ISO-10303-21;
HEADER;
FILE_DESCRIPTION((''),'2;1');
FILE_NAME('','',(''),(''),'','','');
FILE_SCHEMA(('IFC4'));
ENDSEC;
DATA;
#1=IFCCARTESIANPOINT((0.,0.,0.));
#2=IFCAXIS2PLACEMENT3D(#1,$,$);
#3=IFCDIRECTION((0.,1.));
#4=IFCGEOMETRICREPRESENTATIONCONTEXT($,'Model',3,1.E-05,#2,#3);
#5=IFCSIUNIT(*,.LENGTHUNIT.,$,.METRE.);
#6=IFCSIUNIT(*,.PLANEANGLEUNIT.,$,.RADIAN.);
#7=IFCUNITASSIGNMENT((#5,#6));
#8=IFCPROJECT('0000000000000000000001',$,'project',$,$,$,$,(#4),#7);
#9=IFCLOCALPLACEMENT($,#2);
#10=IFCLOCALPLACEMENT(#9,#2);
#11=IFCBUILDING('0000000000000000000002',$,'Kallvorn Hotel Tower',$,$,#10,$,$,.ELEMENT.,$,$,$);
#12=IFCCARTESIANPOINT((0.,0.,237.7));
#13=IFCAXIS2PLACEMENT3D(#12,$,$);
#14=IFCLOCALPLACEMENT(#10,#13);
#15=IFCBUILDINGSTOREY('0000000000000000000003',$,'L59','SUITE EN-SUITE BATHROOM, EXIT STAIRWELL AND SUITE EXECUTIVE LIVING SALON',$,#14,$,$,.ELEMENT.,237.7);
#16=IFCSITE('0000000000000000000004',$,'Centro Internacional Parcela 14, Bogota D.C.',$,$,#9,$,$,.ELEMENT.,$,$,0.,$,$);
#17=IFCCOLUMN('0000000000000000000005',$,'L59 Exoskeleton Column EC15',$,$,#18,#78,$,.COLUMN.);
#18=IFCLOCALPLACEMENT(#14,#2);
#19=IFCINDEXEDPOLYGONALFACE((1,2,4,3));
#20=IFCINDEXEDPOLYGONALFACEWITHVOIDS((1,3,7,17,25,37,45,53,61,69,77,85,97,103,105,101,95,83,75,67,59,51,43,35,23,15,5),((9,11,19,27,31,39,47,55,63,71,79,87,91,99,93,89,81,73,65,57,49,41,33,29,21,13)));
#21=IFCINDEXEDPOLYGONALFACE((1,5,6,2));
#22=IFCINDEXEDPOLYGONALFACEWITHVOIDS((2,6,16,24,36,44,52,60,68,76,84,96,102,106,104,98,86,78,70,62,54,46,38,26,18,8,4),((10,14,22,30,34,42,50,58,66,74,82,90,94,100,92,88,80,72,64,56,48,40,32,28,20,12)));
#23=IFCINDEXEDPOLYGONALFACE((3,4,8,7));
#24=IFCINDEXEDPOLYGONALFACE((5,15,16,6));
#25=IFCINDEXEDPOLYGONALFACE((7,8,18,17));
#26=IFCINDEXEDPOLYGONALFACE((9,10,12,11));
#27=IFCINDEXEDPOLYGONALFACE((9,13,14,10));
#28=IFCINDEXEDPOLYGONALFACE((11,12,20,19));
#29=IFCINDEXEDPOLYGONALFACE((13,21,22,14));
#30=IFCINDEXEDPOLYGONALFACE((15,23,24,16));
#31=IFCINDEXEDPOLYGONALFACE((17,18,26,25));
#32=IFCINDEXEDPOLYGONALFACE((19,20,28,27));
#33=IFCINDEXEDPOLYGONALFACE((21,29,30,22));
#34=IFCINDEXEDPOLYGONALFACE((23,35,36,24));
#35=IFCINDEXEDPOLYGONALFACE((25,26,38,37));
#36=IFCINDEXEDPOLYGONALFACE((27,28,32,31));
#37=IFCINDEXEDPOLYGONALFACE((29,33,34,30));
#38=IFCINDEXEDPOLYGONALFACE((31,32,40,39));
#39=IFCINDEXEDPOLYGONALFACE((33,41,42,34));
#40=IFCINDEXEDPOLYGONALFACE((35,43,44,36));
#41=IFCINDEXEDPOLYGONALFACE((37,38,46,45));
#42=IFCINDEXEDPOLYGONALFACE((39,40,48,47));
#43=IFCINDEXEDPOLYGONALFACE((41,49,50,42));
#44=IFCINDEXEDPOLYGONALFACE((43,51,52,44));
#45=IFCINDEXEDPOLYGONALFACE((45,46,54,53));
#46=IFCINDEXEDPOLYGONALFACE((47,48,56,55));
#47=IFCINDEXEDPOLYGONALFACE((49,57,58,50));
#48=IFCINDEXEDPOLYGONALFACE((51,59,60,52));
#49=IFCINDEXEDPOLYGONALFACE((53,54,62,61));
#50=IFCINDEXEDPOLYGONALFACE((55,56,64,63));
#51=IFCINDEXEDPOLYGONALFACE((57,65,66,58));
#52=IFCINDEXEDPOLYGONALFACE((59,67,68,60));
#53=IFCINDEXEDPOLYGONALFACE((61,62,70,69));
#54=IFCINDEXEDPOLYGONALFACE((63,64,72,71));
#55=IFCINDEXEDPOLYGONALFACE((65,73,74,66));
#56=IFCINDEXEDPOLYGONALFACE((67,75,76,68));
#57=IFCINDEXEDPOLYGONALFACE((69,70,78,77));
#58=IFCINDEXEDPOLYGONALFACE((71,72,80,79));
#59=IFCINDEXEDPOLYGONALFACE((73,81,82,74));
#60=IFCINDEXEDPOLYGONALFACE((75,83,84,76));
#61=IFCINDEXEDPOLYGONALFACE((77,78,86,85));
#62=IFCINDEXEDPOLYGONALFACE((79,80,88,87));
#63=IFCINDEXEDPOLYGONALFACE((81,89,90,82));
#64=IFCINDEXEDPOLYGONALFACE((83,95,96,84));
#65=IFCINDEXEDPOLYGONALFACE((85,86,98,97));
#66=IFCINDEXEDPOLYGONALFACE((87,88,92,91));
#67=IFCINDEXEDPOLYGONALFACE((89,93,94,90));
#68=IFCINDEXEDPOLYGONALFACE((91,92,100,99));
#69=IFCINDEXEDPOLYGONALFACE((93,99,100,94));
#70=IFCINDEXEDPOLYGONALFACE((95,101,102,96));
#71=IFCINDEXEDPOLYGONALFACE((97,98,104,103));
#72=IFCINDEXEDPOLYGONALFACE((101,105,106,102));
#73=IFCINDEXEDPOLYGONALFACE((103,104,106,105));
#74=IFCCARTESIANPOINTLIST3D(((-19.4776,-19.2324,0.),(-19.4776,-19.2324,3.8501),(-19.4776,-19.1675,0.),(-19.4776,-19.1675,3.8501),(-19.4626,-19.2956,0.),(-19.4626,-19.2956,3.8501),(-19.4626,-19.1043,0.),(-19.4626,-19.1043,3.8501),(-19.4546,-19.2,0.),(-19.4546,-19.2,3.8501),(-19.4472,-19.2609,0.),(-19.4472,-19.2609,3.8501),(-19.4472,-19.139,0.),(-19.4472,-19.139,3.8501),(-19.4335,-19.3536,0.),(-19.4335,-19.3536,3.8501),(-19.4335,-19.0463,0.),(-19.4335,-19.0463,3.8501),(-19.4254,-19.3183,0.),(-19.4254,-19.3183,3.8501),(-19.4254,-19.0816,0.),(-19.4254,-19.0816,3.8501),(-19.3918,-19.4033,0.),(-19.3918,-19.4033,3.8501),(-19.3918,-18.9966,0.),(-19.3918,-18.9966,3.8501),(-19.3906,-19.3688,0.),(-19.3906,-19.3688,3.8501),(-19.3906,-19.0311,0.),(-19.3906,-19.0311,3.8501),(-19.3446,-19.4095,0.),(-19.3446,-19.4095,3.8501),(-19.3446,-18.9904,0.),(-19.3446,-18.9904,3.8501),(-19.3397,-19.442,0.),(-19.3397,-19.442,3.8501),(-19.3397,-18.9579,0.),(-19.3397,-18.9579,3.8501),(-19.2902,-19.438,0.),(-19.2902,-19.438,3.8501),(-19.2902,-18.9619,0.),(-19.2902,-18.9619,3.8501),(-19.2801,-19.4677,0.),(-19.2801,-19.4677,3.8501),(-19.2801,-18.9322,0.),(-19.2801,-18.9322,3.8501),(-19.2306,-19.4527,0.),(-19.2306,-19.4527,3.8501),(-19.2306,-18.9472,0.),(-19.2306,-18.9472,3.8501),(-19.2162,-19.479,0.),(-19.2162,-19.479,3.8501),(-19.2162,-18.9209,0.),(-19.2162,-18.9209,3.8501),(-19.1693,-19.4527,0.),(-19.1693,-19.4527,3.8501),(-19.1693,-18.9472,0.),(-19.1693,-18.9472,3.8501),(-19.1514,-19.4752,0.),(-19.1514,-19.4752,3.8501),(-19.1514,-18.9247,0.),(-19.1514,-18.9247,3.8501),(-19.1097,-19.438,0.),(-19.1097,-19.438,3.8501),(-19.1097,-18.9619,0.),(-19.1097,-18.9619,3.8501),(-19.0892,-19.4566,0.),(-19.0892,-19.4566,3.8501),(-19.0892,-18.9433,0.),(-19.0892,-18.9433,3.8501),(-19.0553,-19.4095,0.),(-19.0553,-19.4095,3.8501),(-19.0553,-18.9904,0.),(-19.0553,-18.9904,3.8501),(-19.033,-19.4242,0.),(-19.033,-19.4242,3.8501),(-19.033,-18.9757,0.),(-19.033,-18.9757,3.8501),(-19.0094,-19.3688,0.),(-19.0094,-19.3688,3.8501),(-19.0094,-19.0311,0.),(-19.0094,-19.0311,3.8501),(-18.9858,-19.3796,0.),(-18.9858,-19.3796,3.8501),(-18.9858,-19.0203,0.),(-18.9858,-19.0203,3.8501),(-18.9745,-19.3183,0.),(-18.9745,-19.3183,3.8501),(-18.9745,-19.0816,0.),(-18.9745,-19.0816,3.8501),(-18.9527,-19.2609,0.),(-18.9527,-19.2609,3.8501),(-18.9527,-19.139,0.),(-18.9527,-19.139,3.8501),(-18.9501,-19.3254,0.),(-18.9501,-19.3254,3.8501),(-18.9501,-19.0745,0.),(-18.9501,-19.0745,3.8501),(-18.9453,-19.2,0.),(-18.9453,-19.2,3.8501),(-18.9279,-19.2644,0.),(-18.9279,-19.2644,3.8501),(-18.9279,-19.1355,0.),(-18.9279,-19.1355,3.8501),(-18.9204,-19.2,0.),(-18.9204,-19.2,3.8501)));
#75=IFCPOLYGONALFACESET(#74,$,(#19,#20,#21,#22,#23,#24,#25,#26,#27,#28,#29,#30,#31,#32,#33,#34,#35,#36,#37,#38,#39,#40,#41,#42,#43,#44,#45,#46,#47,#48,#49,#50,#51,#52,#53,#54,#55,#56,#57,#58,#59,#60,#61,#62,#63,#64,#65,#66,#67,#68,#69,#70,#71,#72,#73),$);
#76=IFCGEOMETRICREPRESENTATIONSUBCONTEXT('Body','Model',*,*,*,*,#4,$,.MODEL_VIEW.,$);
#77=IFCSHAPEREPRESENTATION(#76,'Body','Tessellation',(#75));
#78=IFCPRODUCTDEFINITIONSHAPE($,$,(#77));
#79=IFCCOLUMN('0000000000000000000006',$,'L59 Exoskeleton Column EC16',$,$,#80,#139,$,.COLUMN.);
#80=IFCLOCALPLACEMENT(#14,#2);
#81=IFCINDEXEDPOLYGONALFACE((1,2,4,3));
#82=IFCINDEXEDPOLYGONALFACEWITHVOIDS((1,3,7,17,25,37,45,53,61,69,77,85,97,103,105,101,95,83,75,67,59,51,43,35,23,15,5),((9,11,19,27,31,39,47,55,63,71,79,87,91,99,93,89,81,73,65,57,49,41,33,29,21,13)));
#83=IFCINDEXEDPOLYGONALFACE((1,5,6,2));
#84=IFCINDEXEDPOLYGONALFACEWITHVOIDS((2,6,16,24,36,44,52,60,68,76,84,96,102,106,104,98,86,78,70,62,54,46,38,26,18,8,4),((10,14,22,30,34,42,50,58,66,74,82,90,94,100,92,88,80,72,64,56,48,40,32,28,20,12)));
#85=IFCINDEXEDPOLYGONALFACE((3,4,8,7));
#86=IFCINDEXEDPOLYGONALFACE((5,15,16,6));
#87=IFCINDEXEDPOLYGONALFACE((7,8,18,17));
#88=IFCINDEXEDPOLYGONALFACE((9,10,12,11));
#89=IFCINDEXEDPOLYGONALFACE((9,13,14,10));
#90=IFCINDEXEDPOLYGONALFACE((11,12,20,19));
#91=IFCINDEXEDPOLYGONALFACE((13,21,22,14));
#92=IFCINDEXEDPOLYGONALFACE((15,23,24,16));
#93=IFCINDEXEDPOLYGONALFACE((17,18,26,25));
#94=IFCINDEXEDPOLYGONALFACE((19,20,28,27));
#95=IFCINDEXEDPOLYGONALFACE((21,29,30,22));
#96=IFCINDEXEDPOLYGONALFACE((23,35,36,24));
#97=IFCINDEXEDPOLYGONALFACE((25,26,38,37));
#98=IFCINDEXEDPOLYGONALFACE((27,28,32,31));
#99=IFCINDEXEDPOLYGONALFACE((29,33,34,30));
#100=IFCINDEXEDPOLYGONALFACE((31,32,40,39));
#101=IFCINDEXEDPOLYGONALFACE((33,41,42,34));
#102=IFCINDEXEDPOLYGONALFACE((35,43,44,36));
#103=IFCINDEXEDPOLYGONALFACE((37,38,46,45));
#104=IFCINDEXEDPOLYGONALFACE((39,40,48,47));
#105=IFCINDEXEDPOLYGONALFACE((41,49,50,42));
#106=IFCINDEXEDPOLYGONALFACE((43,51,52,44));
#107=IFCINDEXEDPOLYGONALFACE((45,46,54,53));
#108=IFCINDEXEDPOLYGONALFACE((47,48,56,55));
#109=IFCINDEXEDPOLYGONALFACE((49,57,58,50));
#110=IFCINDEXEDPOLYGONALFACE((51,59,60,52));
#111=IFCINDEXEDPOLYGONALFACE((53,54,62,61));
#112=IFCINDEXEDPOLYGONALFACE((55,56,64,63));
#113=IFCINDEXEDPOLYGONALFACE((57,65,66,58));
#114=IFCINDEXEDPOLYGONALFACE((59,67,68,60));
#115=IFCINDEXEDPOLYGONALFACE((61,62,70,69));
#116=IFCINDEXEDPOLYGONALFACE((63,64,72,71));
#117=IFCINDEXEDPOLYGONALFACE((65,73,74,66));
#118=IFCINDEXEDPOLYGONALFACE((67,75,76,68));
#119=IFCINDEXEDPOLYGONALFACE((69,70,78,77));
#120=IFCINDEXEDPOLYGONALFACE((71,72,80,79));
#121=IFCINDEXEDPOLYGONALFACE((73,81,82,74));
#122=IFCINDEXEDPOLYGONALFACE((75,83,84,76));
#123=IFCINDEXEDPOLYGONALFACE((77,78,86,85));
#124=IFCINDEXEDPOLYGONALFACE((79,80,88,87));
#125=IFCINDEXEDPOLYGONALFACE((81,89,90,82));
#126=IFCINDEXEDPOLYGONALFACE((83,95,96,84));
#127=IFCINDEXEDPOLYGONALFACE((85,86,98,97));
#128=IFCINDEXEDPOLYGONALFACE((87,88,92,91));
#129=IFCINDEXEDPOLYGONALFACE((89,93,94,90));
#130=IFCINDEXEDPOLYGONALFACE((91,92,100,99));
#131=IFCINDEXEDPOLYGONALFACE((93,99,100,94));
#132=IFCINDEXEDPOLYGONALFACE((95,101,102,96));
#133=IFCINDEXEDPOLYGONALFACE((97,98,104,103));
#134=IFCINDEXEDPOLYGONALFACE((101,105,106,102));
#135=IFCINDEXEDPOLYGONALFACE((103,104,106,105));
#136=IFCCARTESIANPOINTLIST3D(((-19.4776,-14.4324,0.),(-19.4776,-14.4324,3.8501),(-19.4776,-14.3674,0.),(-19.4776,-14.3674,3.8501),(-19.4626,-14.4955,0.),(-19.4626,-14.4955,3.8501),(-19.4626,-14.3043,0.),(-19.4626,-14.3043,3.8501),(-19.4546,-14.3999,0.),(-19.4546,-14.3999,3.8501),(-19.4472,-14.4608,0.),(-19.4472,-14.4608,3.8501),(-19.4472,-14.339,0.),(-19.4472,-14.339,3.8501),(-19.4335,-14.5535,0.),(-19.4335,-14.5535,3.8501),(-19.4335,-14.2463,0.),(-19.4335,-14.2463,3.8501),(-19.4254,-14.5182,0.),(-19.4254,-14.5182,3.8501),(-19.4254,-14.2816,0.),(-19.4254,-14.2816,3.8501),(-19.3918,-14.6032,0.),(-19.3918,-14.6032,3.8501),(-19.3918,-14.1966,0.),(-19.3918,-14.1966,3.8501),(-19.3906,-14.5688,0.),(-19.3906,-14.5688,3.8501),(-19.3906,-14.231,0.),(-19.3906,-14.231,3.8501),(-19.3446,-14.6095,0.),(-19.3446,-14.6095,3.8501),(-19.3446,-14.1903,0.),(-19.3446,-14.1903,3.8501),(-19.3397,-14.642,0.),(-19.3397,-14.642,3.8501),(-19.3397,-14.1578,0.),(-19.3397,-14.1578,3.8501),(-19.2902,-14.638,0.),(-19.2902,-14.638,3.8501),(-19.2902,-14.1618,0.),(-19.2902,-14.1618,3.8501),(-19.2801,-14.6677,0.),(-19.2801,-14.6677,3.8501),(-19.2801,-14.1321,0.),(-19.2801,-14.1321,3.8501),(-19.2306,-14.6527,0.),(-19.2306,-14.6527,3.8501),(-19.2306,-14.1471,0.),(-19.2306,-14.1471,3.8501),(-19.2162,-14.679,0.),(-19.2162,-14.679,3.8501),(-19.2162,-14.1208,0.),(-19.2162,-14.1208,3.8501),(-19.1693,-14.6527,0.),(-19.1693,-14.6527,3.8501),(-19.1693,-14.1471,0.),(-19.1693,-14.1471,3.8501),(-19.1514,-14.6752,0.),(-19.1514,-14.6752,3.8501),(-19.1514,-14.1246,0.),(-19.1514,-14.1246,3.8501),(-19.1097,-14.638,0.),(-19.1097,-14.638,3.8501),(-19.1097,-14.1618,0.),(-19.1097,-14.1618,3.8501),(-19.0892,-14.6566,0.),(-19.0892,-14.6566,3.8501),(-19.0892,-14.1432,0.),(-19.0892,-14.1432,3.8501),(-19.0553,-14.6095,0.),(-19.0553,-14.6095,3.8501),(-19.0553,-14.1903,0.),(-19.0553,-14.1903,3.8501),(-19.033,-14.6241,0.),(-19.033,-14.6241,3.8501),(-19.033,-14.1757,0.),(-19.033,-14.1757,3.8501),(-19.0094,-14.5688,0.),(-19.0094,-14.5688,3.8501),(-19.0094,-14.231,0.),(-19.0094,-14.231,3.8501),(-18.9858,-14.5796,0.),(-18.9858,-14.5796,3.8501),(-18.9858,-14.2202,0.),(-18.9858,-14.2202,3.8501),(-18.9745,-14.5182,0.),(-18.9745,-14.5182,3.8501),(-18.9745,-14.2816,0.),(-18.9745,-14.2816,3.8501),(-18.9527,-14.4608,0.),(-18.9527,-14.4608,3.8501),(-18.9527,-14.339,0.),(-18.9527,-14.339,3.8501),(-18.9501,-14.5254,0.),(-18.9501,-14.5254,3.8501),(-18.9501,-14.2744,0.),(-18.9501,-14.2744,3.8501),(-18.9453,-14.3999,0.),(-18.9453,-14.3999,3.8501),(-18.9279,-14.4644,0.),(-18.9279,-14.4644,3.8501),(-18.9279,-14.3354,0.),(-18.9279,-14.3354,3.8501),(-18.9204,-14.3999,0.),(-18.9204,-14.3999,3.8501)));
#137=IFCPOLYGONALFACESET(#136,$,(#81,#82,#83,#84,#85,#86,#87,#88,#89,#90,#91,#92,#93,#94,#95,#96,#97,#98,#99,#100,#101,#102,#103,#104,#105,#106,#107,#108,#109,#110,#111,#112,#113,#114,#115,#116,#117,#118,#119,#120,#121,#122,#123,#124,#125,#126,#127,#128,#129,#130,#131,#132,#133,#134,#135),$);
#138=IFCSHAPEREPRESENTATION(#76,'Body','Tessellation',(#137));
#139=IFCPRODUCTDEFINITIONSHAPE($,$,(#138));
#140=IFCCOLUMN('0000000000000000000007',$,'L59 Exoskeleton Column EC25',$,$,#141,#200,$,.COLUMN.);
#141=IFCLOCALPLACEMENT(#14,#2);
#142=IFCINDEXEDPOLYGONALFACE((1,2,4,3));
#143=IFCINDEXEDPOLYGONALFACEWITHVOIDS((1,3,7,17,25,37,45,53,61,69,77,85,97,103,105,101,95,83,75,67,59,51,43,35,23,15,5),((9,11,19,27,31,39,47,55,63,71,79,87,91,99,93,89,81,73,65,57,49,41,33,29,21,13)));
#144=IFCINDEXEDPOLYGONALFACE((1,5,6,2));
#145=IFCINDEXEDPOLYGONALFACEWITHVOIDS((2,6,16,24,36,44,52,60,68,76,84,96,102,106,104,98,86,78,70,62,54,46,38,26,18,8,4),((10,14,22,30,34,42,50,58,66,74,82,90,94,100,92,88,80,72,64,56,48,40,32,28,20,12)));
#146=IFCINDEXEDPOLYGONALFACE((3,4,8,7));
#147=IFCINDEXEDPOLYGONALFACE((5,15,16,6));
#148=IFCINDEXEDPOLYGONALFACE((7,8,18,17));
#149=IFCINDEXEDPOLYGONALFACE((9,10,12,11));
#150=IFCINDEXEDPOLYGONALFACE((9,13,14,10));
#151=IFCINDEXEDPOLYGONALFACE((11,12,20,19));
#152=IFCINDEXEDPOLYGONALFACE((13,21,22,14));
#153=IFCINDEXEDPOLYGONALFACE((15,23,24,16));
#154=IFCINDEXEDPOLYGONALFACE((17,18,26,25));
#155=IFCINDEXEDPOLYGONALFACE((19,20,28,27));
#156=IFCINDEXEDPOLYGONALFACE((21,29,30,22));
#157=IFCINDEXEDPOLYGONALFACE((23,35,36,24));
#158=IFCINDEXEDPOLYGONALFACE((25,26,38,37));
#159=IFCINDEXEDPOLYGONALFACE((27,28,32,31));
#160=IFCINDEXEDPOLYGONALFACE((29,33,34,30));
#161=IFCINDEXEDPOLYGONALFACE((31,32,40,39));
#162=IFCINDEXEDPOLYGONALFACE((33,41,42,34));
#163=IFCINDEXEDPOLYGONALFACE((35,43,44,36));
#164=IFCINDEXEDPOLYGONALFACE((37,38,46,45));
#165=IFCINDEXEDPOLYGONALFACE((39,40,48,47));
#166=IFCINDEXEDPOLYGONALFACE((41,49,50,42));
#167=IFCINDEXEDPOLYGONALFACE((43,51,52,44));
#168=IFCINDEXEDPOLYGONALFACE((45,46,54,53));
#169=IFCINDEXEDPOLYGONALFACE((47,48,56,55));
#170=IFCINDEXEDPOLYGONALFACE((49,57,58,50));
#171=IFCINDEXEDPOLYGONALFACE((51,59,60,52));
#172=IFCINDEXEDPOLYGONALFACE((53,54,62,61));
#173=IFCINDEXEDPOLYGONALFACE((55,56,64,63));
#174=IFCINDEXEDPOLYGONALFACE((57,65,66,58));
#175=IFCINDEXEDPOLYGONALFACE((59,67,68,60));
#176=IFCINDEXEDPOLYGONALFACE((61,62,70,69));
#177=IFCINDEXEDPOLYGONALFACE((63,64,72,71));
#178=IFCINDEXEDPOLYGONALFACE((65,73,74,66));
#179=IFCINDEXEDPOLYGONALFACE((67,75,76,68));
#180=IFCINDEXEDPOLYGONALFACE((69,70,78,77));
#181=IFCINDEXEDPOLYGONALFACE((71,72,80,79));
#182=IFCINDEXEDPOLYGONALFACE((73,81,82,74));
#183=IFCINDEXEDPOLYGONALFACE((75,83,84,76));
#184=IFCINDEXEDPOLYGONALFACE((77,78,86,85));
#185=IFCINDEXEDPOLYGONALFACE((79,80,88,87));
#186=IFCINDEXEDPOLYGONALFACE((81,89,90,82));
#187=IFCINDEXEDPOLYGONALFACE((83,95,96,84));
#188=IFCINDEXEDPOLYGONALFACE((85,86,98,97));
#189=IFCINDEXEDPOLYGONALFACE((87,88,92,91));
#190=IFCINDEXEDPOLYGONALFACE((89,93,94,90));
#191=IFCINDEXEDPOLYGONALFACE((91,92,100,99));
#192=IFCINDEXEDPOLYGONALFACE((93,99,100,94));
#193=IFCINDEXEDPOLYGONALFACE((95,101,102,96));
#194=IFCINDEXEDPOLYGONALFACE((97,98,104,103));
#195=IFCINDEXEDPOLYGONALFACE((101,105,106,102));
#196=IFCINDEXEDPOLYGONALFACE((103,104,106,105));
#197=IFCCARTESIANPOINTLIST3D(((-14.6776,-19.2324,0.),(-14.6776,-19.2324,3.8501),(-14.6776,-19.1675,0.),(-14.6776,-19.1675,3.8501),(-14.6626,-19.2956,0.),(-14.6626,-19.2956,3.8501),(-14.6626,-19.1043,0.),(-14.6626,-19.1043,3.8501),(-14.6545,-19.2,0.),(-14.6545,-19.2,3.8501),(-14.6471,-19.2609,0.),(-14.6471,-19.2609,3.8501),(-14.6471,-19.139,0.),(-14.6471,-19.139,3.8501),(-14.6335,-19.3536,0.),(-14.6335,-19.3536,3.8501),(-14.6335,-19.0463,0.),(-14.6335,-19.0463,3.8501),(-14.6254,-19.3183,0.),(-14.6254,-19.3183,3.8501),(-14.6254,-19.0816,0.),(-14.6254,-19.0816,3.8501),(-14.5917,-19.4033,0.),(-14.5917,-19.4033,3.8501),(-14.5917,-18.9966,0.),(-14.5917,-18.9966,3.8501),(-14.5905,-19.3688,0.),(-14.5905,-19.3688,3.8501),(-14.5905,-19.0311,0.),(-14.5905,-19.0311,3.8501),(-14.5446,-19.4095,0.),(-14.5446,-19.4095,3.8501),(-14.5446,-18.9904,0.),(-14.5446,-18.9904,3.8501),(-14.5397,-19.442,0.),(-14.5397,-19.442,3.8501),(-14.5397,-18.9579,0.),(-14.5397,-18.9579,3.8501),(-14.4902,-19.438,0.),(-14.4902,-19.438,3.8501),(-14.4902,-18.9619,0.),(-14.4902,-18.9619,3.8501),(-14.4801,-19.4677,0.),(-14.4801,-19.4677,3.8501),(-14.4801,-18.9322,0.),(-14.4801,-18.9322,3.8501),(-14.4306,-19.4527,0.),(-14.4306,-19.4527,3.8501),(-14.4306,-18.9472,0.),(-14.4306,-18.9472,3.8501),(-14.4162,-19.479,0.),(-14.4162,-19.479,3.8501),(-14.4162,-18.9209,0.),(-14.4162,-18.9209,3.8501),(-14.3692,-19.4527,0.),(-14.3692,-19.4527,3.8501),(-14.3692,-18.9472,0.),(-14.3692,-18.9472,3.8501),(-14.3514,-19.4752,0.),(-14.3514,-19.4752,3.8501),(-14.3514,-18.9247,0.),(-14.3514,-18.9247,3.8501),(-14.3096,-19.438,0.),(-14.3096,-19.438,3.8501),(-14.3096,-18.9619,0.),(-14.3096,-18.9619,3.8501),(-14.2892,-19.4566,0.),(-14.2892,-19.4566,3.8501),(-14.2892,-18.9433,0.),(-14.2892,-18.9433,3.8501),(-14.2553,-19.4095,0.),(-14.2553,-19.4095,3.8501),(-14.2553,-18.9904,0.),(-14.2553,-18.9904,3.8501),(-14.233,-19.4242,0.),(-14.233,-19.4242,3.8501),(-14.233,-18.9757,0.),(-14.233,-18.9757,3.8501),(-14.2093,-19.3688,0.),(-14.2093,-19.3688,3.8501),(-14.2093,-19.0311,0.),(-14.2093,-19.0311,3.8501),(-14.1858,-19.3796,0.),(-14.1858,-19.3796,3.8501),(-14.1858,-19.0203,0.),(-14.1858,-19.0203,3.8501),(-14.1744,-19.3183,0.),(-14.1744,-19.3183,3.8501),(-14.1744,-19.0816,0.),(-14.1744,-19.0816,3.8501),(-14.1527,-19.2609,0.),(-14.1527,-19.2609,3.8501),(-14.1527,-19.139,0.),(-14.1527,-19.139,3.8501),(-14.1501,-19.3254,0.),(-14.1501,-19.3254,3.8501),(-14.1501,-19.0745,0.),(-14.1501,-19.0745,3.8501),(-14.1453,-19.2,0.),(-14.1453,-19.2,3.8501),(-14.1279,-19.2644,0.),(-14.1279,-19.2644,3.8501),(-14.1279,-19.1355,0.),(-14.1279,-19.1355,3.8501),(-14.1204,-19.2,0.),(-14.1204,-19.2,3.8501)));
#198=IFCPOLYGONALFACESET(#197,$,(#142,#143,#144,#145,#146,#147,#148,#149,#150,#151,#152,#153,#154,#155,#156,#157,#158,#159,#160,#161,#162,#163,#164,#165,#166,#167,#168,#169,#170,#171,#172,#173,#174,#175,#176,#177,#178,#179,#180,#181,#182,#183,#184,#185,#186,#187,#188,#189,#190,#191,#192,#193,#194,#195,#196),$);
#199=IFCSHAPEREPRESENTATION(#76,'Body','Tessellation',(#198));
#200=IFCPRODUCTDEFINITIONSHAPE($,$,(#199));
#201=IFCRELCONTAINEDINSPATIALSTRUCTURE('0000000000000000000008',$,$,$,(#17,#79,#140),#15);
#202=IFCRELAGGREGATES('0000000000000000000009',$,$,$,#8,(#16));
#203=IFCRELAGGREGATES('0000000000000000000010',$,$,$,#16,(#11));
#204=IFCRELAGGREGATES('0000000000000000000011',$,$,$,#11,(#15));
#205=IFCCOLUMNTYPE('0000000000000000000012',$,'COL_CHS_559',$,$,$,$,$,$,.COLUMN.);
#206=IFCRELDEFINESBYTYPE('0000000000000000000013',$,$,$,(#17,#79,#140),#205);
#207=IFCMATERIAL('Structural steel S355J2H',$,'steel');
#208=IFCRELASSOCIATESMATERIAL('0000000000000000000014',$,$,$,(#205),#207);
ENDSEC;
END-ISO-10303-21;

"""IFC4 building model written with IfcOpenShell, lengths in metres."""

from ifc_helpers import new_model, si_unit, direction, frame, origin, origin_2d, place, context, subcontext, project, spatial, hollow_circle, extrude, material, material_profile, profile_set, type_object, element, save


model = new_model("IFC4")

# Units and contexts
model_context = context("Model", 3, precision=1e-05, world=origin(), true_north=direction((0.0, 1.0)))
body_context = subcontext(model_context, "Body", "Model", "MODEL_VIEW")
ifc_project = project(units=[si_unit("LENGTHUNIT", "METRE"), si_unit("PLANEANGLEUNIT", "RADIAN")], contexts=[model_context])

# Site, building, storey
site_placement = place(None, origin())
site = spatial("IfcSite", under=ifc_project, at=site_placement, Name="Centro Internacional Parcela 14, Bogota D.C.", CompositionType="ELEMENT", RefElevation=0.0)
building_placement = place(site_placement, origin())
building = spatial("IfcBuilding", under=site, at=building_placement, Name="Kallvorn Hotel Tower", CompositionType="ELEMENT")
storey_placement = place(building_placement, frame((0.0, 0.0, 237.7)))
storey = spatial("IfcBuildingStorey", under=building, at=storey_placement, Name="L59", Description="SUITE EN-SUITE BATHROOM, EXIT STAIRWELL AND SUITE EXECUTIVE LIVING SALON", CompositionType="ELEMENT", Elevation=237.7)

# Columns
ifc_material_1 = material(Name="Structural steel S355J2H", Category="steel")
ifc_material_profile_1 = material_profile(ifc_material_1, hollow_circle(Radius=0.2795, WallThickness=0.0249, at=origin_2d()), Name="CHS 559x25")
ifc_profile_set_1 = profile_set([ifc_material_profile_1], Name="Structural steel S355J2H")
column_type_1 = type_object("IfcColumnType", Name="COL_CHS_559", PredefinedType="COLUMN", material=ifc_profile_set_1)
for number, where, z_axis, x_axis, name in (
    (1, (-19.2, -19.2, 0.0), (0.0, 0.0, 1.0), (1.0, 0.0, 0.0), "L59 Exoskeleton Column EC15"),
    (2, (-19.2, -14.3999, 0.0), (0.0, 0.0, 1.0), (1.0, 0.0, 0.0), "L59 Exoskeleton Column EC16"),
    (3, (-14.3999, -19.2, 0.0), (0.0, 0.0, 1.0), (1.0, 0.0, 0.0), "L59 Exoskeleton Column EC25"),
):
    element("IfcColumn", number, at=place(storey_placement, frame(where, z_axis=z_axis, x_axis=x_axis)), inside=storey, type_object=column_type_1, Name=name, PredefinedType="COLUMN", context=body_context, shape_type="SweptSolid", body=[
        extrude(hollow_circle(Radius=0.2795, WallThickness=0.0249, at=origin_2d()), origin(), (0.0, 0.0, 1.0), 3.8501),
    ])

save(model, "model.ifc")
